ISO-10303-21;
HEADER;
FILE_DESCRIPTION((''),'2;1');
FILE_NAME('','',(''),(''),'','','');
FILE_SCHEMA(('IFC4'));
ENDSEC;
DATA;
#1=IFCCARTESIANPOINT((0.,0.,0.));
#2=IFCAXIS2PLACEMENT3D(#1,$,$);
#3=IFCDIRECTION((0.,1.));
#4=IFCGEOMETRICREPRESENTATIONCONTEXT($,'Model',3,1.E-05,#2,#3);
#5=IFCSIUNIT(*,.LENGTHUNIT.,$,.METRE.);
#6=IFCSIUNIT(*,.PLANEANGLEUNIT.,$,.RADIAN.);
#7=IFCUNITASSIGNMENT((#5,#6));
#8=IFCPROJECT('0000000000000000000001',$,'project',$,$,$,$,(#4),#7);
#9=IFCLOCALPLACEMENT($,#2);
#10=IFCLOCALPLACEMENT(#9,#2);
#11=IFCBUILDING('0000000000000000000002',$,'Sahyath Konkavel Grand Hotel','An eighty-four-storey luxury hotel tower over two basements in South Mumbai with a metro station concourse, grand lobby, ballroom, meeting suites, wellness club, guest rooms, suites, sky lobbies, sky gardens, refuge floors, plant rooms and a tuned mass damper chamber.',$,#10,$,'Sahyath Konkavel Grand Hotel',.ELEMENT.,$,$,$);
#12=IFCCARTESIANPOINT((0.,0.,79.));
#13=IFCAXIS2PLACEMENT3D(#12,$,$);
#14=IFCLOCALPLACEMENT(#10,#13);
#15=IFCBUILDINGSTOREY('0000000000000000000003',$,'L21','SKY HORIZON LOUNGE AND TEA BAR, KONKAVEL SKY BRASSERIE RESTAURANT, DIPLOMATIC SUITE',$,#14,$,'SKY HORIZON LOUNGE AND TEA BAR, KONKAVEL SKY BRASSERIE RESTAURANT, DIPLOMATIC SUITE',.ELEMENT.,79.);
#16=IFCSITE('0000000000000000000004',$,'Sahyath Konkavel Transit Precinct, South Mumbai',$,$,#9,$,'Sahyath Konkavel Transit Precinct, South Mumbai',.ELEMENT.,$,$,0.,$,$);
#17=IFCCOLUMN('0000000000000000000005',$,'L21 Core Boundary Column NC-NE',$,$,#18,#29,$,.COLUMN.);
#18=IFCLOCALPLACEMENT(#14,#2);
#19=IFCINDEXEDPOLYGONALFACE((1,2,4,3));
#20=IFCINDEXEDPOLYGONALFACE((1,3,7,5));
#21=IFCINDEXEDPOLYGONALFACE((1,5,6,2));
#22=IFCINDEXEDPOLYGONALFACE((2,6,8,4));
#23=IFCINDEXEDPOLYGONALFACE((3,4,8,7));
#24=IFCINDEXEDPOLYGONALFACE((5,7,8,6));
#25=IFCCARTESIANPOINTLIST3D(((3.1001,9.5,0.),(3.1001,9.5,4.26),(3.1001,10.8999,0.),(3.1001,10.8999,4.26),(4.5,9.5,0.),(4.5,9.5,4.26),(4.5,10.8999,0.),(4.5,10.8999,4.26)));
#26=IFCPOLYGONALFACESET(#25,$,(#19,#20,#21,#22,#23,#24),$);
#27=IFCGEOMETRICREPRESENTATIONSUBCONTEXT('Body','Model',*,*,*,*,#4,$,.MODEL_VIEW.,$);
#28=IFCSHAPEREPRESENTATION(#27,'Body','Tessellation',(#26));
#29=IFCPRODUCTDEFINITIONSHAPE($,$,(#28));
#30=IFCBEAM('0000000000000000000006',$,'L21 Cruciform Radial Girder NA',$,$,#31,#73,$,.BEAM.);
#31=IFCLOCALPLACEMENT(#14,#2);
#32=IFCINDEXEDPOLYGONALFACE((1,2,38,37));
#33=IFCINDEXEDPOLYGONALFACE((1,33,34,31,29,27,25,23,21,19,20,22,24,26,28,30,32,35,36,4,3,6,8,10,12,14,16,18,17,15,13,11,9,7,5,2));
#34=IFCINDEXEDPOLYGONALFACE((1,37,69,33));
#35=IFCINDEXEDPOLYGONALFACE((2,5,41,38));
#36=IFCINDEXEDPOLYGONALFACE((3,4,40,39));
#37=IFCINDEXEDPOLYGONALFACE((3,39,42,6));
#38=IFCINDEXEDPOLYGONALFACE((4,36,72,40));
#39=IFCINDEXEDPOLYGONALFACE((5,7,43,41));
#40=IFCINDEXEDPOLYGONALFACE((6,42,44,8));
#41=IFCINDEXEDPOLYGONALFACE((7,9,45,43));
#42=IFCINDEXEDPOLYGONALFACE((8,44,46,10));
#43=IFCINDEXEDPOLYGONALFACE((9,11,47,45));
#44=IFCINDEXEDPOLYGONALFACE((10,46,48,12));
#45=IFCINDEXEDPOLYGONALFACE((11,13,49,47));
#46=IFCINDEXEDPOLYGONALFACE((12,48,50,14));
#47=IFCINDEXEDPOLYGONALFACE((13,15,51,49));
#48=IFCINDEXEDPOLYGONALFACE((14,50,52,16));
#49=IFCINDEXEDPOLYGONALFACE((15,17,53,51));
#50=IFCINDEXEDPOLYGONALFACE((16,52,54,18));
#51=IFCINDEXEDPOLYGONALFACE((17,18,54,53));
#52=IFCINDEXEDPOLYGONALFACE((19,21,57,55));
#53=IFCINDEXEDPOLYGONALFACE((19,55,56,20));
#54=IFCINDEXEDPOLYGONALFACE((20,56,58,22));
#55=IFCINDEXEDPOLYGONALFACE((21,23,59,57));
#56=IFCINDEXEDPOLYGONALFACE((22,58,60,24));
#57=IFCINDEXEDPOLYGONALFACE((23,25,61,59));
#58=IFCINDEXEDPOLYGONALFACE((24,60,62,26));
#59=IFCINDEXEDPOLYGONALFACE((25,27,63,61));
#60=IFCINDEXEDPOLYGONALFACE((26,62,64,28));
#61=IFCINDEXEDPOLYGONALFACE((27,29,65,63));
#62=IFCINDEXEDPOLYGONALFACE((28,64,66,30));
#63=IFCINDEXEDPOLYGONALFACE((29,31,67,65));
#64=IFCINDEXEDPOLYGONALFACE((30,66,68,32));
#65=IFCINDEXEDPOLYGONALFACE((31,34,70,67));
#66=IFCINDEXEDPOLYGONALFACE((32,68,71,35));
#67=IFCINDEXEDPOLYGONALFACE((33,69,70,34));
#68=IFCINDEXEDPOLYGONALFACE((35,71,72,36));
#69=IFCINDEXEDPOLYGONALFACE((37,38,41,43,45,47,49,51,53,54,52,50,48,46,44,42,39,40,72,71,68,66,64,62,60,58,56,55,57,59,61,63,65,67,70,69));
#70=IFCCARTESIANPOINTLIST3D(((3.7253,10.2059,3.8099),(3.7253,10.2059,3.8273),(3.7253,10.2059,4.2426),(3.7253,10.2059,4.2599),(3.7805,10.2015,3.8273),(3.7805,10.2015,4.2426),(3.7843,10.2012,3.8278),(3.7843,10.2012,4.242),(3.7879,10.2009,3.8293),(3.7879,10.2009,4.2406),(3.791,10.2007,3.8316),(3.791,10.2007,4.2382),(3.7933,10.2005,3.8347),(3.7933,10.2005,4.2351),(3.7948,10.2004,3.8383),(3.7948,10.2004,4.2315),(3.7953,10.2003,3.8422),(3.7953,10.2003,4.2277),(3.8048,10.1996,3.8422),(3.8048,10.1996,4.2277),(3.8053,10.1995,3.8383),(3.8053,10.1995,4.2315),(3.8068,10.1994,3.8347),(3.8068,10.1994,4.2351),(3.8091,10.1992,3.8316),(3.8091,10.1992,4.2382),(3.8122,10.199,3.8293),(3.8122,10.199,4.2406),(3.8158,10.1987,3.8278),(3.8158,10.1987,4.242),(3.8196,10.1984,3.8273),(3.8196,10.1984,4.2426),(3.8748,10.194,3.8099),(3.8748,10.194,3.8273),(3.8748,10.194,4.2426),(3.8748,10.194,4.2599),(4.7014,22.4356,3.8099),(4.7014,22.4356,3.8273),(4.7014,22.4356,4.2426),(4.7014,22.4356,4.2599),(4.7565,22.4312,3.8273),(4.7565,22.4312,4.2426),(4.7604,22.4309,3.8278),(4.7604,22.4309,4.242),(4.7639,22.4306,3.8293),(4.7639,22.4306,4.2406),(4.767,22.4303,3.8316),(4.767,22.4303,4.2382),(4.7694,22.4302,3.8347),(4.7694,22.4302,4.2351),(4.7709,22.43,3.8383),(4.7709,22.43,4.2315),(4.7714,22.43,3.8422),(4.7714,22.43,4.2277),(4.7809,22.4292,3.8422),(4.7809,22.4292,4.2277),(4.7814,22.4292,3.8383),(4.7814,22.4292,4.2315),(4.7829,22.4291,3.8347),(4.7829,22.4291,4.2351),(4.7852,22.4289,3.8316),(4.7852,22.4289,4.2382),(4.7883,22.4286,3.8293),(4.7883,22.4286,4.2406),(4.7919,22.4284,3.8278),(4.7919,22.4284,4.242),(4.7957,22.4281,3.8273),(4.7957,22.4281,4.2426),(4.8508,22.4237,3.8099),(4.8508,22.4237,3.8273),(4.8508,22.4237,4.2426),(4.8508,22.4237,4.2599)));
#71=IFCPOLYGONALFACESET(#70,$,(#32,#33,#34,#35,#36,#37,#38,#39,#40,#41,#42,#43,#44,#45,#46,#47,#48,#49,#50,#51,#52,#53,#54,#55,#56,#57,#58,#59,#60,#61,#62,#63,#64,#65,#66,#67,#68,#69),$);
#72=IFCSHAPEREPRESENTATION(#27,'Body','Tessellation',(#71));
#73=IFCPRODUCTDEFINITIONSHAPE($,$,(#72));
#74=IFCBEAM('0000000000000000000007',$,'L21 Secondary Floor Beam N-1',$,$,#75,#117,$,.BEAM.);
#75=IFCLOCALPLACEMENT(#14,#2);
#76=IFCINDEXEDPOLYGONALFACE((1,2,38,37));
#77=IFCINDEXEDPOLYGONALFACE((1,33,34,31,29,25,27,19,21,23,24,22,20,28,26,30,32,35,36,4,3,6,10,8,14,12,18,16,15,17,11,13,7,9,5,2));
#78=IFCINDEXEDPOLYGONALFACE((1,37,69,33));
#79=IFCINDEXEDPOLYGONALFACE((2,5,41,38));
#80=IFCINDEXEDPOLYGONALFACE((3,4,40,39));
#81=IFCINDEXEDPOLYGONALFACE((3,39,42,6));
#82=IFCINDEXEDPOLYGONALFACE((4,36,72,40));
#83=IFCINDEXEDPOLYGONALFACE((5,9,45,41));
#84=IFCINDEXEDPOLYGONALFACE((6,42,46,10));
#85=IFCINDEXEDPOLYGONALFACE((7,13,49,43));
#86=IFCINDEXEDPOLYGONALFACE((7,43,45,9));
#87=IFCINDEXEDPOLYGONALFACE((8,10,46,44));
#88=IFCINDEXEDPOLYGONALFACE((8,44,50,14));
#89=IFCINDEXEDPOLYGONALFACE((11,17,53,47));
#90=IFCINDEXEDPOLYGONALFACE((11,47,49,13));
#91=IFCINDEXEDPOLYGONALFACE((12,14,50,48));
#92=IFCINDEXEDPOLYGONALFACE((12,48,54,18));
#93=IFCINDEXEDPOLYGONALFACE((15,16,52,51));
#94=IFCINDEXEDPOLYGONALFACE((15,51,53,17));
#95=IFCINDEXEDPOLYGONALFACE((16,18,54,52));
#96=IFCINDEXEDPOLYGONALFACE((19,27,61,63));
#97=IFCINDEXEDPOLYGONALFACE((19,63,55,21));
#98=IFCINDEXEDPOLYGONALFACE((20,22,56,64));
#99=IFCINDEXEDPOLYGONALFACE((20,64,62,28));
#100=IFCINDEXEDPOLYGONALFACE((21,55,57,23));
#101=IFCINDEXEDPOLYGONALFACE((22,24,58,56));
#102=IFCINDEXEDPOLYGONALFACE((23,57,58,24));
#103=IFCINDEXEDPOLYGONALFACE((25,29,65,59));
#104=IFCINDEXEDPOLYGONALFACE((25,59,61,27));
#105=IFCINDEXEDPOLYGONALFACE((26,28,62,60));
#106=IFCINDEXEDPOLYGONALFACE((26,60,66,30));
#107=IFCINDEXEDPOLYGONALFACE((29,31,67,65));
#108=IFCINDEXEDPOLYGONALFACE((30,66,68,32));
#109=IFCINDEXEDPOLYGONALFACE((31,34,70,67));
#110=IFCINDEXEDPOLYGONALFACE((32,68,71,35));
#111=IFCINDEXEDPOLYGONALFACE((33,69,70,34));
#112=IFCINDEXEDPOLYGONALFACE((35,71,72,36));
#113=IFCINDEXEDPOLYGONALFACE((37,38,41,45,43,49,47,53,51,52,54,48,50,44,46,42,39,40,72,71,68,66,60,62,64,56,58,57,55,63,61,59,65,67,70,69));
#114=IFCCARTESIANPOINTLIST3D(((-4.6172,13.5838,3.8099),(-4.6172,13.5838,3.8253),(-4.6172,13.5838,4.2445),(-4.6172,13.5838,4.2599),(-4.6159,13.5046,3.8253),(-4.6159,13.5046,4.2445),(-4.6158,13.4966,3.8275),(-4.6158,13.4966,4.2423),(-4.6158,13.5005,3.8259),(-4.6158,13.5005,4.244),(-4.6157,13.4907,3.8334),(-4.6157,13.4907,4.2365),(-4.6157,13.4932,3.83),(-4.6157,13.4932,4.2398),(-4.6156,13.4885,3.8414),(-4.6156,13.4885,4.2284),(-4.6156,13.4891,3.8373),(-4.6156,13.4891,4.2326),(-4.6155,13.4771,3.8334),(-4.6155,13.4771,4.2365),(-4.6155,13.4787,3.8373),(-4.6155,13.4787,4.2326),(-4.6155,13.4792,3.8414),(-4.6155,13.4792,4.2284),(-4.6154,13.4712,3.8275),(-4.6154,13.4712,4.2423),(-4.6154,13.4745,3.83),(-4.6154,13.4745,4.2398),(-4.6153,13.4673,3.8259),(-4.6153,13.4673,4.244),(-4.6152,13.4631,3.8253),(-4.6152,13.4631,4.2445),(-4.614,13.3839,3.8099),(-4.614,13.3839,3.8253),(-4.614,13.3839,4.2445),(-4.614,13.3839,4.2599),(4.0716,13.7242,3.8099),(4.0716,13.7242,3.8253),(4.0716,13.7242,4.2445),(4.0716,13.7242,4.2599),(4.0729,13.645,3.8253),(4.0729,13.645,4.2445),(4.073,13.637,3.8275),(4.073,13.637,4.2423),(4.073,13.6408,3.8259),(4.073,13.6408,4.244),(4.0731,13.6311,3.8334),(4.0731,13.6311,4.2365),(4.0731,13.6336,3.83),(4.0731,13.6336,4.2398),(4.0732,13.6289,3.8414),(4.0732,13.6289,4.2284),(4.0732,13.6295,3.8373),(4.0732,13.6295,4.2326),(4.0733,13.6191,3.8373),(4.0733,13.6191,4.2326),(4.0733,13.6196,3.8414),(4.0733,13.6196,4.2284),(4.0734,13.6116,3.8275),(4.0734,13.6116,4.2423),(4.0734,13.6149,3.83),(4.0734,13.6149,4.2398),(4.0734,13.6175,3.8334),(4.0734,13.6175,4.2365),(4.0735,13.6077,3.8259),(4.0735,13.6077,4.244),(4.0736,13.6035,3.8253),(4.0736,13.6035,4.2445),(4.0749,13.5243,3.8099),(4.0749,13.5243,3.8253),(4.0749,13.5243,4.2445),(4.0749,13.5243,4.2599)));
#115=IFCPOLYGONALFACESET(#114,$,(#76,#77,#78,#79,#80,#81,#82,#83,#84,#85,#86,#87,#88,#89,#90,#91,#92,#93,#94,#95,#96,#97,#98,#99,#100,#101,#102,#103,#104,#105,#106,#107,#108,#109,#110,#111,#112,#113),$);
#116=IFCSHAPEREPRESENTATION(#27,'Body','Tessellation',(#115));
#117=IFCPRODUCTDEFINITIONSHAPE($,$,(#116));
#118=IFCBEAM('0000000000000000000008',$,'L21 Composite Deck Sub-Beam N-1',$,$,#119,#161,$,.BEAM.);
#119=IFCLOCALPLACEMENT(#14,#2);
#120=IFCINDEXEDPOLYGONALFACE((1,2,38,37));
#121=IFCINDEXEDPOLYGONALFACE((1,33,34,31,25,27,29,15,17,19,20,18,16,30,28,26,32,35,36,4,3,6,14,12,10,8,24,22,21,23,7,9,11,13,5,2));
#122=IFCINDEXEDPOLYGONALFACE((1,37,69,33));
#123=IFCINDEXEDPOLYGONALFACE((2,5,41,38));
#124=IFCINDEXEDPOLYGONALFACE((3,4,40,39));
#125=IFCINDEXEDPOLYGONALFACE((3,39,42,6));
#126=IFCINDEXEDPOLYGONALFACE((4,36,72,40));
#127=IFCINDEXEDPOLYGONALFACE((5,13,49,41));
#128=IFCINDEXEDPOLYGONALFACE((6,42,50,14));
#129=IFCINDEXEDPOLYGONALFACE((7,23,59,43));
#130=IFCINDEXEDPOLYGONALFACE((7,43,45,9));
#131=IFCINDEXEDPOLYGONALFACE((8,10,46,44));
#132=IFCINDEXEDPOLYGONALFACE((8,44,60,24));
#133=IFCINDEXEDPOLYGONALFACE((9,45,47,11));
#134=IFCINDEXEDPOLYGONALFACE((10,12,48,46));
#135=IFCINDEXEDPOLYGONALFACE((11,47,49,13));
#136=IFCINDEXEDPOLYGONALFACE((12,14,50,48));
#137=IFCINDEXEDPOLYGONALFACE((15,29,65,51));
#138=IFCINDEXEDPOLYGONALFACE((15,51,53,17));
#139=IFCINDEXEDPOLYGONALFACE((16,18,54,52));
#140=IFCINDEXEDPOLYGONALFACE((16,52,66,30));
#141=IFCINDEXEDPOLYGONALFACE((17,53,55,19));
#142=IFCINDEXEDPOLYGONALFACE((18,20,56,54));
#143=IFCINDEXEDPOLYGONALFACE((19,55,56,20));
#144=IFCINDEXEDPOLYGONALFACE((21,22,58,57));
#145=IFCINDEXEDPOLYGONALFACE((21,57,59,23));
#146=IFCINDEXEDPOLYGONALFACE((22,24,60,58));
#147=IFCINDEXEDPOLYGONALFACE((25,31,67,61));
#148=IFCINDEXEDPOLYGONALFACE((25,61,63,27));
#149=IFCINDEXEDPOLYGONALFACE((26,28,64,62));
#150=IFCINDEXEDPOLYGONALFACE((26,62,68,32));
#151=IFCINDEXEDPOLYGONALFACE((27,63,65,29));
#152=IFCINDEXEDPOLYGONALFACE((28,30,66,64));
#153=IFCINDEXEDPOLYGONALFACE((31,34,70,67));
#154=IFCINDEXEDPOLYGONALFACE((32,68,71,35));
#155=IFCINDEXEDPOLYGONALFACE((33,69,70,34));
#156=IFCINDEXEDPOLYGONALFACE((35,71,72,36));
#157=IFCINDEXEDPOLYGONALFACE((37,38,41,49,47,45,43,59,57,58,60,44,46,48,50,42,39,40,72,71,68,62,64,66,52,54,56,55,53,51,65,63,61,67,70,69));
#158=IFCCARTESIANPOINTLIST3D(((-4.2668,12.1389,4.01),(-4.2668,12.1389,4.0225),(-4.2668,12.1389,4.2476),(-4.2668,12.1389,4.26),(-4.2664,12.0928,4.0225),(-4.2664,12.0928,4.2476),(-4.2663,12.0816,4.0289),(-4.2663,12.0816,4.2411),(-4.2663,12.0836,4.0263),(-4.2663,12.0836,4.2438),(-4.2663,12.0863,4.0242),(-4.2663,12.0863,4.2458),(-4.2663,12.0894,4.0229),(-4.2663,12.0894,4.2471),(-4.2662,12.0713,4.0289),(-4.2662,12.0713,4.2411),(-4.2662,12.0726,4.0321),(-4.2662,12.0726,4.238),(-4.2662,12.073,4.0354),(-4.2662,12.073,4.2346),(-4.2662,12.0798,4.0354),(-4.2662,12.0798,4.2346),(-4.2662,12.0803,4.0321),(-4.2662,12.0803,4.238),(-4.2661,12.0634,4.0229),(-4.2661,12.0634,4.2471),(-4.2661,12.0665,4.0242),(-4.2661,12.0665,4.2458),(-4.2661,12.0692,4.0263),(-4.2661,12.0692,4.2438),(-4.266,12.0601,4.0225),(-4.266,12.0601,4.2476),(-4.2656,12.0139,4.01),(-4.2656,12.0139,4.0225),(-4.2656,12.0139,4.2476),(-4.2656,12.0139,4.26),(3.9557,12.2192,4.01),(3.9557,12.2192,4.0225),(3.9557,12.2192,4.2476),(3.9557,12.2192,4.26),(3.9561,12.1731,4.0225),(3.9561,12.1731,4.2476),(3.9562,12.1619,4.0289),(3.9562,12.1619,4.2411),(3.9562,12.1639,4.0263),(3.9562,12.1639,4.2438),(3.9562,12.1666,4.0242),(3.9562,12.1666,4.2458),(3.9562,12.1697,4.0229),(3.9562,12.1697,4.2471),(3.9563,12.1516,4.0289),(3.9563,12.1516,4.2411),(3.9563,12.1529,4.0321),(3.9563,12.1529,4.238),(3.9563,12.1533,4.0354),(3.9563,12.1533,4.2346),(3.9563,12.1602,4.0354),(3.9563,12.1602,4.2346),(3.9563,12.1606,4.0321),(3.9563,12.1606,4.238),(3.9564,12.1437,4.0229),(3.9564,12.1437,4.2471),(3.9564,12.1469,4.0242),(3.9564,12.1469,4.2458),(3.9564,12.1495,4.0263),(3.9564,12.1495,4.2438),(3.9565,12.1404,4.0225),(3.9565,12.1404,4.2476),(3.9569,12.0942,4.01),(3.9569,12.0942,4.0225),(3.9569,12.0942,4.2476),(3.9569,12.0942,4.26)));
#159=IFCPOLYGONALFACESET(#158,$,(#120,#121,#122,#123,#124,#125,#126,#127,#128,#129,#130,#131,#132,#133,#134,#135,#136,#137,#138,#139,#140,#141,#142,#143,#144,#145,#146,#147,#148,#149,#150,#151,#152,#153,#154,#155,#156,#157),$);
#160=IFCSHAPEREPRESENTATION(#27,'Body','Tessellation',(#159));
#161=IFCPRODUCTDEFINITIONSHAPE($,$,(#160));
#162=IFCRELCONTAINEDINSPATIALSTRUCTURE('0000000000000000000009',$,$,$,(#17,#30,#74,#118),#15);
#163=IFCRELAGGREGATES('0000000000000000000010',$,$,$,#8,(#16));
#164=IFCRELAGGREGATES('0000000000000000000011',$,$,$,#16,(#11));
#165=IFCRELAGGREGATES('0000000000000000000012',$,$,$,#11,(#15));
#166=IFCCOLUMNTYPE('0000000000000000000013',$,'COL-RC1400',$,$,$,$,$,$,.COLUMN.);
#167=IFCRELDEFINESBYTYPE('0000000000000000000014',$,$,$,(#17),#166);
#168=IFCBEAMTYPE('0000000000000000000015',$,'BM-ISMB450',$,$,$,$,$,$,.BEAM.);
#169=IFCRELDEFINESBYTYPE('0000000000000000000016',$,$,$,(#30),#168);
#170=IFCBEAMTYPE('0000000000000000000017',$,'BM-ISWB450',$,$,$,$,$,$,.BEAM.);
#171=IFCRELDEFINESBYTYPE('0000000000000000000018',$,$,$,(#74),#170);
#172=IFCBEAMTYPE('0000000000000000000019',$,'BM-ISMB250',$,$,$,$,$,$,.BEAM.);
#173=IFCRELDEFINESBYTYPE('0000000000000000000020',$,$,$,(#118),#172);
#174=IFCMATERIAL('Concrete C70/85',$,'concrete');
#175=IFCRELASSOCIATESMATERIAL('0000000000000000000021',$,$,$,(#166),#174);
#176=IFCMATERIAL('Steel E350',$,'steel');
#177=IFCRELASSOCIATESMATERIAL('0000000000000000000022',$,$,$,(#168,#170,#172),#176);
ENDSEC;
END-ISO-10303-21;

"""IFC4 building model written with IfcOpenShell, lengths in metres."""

from ifc_helpers import new_model, si_unit, direction, frame, origin, origin_2d, place, context, subcontext, project, spatial, rectangle, i_section, extrude, source, transform, mapped, material, material_profile, profile_set, type_object, element, save


model = new_model("IFC4")

# Units and contexts
model_context = context("Model", 3, precision=1e-05, world=origin(), true_north=direction((0.0, 1.0)))
body_context = subcontext(model_context, "Body", "Model", "MODEL_VIEW")
ifc_project = project(units=[si_unit("LENGTHUNIT", "METRE"), si_unit("PLANEANGLEUNIT", "RADIAN")], contexts=[model_context])

# Site, building, storey
site_placement = place(None, origin())
site = spatial("IfcSite", under=ifc_project, at=site_placement, Name="Sahyath Konkavel Transit Precinct, South Mumbai", LongName="Sahyath Konkavel Transit Precinct, South Mumbai", CompositionType="ELEMENT", RefElevation=0.0)
building_placement = place(site_placement, origin())
building = spatial("IfcBuilding", under=site, at=building_placement, Name="Sahyath Konkavel Grand Hotel", Description="An eighty-four-storey luxury hotel tower over two basements in South Mumbai with a metro station concourse, grand lobby, ballroom, meeting suites, wellness club, guest rooms, suites, sky lobbies, sky gardens, refuge floors, plant rooms and a tuned mass damper chamber.", LongName="Sahyath Konkavel Grand Hotel", CompositionType="ELEMENT")
storey_placement = place(building_placement, frame((0.0, 0.0, 79.0)))
storey = spatial("IfcBuildingStorey", under=building, at=storey_placement, Name="L21", Description="SKY HORIZON LOUNGE AND TEA BAR, KONKAVEL SKY BRASSERIE RESTAURANT, DIPLOMATIC SUITE", LongName="SKY HORIZON LOUNGE AND TEA BAR, KONKAVEL SKY BRASSERIE RESTAURANT, DIPLOMATIC SUITE", CompositionType="ELEMENT", Elevation=79.0)

# Column
ifc_material_1 = material(Name="Concrete C70/85", Category="concrete")
ifc_material_profile_1 = material_profile(ifc_material_1, rectangle(XDim=1.3999, YDim=1.3999, at=origin_2d()), Name="RC 1400x1400")
ifc_profile_set_1 = profile_set([ifc_material_profile_1], Name="Concrete C70/85")
column_type = type_object("IfcColumnType", Name="COL-RC1400", PredefinedType="COLUMN", material=ifc_profile_set_1)
shared_shape_1 = source(origin(), body_context, "Body", "SweptSolid", [
    extrude(rectangle(XDim=1.3999, YDim=1.3999, at=origin_2d()), origin(), (0.0, 0.0, 1.0), 4.26),
])
column_placement = place(storey_placement, frame((3.8, 10.2, 0.0), z_axis=(0.0, 0.0, 1.0), x_axis=(1.0, 0.0, 0.0)))
element("IfcColumn", 1, at=column_placement, inside=storey, type_object=column_type, Name="L21 Core Boundary Column NC-NE", PredefinedType="COLUMN", context=body_context, shape_type="MappedRepresentation", body=[
    mapped(shared_shape_1, transform((0.0, 0.0, 0.0), scale=1.0)),
])

# Beams
ifc_material_2 = material(Name="Steel E350", Category="steel")
ifc_material_profile_2 = material_profile(ifc_material_2, i_section(OverallWidth=0.1499, OverallDepth=0.45, WebThickness=0.0095, FlangeThickness=0.0173, FilletRadius=0.0149, at=origin_2d()), Name="ISMB 450")
ifc_profile_set_2 = profile_set([ifc_material_profile_2], Name="Steel E350")
beam_type_1 = type_object("IfcBeamType", Name="BM-ISMB450", PredefinedType="BEAM", material=ifc_profile_set_2)
shared_shape_2 = source(origin(), body_context, "Body", "SweptSolid", [
    extrude(i_section(OverallWidth=0.1499, OverallDepth=0.45, WebThickness=0.0095, FlangeThickness=0.0173, FilletRadius=0.0149, at=origin_2d()), origin(), (0.0, 0.0, 1.0), 12.2686),
])
beam_1_placement = place(storey_placement, frame((3.8, 10.2, 4.0349), z_axis=(0.079559, 0.99683, 0.0), x_axis=(-0.99683, 0.079559, 0.0)))
element("IfcBeam", 2, at=beam_1_placement, inside=storey, type_object=beam_type_1, Name="L21 Cruciform Radial Girder NA", PredefinedType="BEAM", context=body_context, shape_type="MappedRepresentation", body=[
    mapped(shared_shape_2, transform((0.0, 0.0, 0.0), scale=1.0)),
])
ifc_material_profile_3 = material_profile(ifc_material_2, i_section(OverallWidth=0.2, OverallDepth=0.45, WebThickness=0.0093, FlangeThickness=0.0154, FilletRadius=0.0161, at=origin_2d()), Name="ISWB 450")
ifc_profile_set_3 = profile_set([ifc_material_profile_3], Name="Steel E350")
beam_type_2 = type_object("IfcBeamType", Name="BM-ISWB450", PredefinedType="BEAM", material=ifc_profile_set_3)
shared_shape_3 = source(origin(), body_context, "Body", "SweptSolid", [
    extrude(i_section(OverallWidth=0.2, OverallDepth=0.45, WebThickness=0.0093, FlangeThickness=0.0154, FilletRadius=0.0161, at=origin_2d()), origin(), (0.0, 0.0, 1.0), 8.6899),
])
beam_2_placement = place(storey_placement, frame((4.0732, 13.6243, 4.0349), z_axis=(-0.99987, -0.016155, 0.0), x_axis=(0.016155, -0.99987, 0.0)))
element("IfcBeam", 3, at=beam_2_placement, inside=storey, type_object=beam_type_2, Name="L21 Secondary Floor Beam N-1", PredefinedType="BEAM", context=body_context, shape_type="MappedRepresentation", body=[
    mapped(shared_shape_3, transform((0.0, 0.0, 0.0), scale=1.0)),
])
ifc_material_profile_4 = material_profile(ifc_material_2, i_section(OverallWidth=0.125, OverallDepth=0.25, WebThickness=0.0068, FlangeThickness=0.0125, FilletRadius=0.0129, at=origin_2d()), Name="ISMB 250")
ifc_profile_set_4 = profile_set([ifc_material_profile_4], Name="Steel E350")
beam_type_3 = type_object("IfcBeamType", Name="BM-ISMB250", PredefinedType="BEAM", material=ifc_profile_set_4)
shared_shape_4 = source(origin(), body_context, "Body", "SweptSolid", [
    extrude(i_section(OverallWidth=0.125, OverallDepth=0.25, WebThickness=0.0068, FlangeThickness=0.0125, FilletRadius=0.0129, at=origin_2d()), origin(), (0.0, 0.0, 1.0), 8.2229),
])
beam_3_placement = place(storey_placement, frame((3.9563, 12.1567, 4.135), z_axis=(-0.999952, -0.009768, 0.0), x_axis=(0.009768, -0.999952, 0.0)))
element("IfcBeam", 4, at=beam_3_placement, inside=storey, type_object=beam_type_3, Name="L21 Composite Deck Sub-Beam N-1", PredefinedType="BEAM", context=body_context, shape_type="MappedRepresentation", body=[
    mapped(shared_shape_4, transform((0.0, 0.0, 0.0), scale=1.0)),
])

save(model, "model.ifc")
